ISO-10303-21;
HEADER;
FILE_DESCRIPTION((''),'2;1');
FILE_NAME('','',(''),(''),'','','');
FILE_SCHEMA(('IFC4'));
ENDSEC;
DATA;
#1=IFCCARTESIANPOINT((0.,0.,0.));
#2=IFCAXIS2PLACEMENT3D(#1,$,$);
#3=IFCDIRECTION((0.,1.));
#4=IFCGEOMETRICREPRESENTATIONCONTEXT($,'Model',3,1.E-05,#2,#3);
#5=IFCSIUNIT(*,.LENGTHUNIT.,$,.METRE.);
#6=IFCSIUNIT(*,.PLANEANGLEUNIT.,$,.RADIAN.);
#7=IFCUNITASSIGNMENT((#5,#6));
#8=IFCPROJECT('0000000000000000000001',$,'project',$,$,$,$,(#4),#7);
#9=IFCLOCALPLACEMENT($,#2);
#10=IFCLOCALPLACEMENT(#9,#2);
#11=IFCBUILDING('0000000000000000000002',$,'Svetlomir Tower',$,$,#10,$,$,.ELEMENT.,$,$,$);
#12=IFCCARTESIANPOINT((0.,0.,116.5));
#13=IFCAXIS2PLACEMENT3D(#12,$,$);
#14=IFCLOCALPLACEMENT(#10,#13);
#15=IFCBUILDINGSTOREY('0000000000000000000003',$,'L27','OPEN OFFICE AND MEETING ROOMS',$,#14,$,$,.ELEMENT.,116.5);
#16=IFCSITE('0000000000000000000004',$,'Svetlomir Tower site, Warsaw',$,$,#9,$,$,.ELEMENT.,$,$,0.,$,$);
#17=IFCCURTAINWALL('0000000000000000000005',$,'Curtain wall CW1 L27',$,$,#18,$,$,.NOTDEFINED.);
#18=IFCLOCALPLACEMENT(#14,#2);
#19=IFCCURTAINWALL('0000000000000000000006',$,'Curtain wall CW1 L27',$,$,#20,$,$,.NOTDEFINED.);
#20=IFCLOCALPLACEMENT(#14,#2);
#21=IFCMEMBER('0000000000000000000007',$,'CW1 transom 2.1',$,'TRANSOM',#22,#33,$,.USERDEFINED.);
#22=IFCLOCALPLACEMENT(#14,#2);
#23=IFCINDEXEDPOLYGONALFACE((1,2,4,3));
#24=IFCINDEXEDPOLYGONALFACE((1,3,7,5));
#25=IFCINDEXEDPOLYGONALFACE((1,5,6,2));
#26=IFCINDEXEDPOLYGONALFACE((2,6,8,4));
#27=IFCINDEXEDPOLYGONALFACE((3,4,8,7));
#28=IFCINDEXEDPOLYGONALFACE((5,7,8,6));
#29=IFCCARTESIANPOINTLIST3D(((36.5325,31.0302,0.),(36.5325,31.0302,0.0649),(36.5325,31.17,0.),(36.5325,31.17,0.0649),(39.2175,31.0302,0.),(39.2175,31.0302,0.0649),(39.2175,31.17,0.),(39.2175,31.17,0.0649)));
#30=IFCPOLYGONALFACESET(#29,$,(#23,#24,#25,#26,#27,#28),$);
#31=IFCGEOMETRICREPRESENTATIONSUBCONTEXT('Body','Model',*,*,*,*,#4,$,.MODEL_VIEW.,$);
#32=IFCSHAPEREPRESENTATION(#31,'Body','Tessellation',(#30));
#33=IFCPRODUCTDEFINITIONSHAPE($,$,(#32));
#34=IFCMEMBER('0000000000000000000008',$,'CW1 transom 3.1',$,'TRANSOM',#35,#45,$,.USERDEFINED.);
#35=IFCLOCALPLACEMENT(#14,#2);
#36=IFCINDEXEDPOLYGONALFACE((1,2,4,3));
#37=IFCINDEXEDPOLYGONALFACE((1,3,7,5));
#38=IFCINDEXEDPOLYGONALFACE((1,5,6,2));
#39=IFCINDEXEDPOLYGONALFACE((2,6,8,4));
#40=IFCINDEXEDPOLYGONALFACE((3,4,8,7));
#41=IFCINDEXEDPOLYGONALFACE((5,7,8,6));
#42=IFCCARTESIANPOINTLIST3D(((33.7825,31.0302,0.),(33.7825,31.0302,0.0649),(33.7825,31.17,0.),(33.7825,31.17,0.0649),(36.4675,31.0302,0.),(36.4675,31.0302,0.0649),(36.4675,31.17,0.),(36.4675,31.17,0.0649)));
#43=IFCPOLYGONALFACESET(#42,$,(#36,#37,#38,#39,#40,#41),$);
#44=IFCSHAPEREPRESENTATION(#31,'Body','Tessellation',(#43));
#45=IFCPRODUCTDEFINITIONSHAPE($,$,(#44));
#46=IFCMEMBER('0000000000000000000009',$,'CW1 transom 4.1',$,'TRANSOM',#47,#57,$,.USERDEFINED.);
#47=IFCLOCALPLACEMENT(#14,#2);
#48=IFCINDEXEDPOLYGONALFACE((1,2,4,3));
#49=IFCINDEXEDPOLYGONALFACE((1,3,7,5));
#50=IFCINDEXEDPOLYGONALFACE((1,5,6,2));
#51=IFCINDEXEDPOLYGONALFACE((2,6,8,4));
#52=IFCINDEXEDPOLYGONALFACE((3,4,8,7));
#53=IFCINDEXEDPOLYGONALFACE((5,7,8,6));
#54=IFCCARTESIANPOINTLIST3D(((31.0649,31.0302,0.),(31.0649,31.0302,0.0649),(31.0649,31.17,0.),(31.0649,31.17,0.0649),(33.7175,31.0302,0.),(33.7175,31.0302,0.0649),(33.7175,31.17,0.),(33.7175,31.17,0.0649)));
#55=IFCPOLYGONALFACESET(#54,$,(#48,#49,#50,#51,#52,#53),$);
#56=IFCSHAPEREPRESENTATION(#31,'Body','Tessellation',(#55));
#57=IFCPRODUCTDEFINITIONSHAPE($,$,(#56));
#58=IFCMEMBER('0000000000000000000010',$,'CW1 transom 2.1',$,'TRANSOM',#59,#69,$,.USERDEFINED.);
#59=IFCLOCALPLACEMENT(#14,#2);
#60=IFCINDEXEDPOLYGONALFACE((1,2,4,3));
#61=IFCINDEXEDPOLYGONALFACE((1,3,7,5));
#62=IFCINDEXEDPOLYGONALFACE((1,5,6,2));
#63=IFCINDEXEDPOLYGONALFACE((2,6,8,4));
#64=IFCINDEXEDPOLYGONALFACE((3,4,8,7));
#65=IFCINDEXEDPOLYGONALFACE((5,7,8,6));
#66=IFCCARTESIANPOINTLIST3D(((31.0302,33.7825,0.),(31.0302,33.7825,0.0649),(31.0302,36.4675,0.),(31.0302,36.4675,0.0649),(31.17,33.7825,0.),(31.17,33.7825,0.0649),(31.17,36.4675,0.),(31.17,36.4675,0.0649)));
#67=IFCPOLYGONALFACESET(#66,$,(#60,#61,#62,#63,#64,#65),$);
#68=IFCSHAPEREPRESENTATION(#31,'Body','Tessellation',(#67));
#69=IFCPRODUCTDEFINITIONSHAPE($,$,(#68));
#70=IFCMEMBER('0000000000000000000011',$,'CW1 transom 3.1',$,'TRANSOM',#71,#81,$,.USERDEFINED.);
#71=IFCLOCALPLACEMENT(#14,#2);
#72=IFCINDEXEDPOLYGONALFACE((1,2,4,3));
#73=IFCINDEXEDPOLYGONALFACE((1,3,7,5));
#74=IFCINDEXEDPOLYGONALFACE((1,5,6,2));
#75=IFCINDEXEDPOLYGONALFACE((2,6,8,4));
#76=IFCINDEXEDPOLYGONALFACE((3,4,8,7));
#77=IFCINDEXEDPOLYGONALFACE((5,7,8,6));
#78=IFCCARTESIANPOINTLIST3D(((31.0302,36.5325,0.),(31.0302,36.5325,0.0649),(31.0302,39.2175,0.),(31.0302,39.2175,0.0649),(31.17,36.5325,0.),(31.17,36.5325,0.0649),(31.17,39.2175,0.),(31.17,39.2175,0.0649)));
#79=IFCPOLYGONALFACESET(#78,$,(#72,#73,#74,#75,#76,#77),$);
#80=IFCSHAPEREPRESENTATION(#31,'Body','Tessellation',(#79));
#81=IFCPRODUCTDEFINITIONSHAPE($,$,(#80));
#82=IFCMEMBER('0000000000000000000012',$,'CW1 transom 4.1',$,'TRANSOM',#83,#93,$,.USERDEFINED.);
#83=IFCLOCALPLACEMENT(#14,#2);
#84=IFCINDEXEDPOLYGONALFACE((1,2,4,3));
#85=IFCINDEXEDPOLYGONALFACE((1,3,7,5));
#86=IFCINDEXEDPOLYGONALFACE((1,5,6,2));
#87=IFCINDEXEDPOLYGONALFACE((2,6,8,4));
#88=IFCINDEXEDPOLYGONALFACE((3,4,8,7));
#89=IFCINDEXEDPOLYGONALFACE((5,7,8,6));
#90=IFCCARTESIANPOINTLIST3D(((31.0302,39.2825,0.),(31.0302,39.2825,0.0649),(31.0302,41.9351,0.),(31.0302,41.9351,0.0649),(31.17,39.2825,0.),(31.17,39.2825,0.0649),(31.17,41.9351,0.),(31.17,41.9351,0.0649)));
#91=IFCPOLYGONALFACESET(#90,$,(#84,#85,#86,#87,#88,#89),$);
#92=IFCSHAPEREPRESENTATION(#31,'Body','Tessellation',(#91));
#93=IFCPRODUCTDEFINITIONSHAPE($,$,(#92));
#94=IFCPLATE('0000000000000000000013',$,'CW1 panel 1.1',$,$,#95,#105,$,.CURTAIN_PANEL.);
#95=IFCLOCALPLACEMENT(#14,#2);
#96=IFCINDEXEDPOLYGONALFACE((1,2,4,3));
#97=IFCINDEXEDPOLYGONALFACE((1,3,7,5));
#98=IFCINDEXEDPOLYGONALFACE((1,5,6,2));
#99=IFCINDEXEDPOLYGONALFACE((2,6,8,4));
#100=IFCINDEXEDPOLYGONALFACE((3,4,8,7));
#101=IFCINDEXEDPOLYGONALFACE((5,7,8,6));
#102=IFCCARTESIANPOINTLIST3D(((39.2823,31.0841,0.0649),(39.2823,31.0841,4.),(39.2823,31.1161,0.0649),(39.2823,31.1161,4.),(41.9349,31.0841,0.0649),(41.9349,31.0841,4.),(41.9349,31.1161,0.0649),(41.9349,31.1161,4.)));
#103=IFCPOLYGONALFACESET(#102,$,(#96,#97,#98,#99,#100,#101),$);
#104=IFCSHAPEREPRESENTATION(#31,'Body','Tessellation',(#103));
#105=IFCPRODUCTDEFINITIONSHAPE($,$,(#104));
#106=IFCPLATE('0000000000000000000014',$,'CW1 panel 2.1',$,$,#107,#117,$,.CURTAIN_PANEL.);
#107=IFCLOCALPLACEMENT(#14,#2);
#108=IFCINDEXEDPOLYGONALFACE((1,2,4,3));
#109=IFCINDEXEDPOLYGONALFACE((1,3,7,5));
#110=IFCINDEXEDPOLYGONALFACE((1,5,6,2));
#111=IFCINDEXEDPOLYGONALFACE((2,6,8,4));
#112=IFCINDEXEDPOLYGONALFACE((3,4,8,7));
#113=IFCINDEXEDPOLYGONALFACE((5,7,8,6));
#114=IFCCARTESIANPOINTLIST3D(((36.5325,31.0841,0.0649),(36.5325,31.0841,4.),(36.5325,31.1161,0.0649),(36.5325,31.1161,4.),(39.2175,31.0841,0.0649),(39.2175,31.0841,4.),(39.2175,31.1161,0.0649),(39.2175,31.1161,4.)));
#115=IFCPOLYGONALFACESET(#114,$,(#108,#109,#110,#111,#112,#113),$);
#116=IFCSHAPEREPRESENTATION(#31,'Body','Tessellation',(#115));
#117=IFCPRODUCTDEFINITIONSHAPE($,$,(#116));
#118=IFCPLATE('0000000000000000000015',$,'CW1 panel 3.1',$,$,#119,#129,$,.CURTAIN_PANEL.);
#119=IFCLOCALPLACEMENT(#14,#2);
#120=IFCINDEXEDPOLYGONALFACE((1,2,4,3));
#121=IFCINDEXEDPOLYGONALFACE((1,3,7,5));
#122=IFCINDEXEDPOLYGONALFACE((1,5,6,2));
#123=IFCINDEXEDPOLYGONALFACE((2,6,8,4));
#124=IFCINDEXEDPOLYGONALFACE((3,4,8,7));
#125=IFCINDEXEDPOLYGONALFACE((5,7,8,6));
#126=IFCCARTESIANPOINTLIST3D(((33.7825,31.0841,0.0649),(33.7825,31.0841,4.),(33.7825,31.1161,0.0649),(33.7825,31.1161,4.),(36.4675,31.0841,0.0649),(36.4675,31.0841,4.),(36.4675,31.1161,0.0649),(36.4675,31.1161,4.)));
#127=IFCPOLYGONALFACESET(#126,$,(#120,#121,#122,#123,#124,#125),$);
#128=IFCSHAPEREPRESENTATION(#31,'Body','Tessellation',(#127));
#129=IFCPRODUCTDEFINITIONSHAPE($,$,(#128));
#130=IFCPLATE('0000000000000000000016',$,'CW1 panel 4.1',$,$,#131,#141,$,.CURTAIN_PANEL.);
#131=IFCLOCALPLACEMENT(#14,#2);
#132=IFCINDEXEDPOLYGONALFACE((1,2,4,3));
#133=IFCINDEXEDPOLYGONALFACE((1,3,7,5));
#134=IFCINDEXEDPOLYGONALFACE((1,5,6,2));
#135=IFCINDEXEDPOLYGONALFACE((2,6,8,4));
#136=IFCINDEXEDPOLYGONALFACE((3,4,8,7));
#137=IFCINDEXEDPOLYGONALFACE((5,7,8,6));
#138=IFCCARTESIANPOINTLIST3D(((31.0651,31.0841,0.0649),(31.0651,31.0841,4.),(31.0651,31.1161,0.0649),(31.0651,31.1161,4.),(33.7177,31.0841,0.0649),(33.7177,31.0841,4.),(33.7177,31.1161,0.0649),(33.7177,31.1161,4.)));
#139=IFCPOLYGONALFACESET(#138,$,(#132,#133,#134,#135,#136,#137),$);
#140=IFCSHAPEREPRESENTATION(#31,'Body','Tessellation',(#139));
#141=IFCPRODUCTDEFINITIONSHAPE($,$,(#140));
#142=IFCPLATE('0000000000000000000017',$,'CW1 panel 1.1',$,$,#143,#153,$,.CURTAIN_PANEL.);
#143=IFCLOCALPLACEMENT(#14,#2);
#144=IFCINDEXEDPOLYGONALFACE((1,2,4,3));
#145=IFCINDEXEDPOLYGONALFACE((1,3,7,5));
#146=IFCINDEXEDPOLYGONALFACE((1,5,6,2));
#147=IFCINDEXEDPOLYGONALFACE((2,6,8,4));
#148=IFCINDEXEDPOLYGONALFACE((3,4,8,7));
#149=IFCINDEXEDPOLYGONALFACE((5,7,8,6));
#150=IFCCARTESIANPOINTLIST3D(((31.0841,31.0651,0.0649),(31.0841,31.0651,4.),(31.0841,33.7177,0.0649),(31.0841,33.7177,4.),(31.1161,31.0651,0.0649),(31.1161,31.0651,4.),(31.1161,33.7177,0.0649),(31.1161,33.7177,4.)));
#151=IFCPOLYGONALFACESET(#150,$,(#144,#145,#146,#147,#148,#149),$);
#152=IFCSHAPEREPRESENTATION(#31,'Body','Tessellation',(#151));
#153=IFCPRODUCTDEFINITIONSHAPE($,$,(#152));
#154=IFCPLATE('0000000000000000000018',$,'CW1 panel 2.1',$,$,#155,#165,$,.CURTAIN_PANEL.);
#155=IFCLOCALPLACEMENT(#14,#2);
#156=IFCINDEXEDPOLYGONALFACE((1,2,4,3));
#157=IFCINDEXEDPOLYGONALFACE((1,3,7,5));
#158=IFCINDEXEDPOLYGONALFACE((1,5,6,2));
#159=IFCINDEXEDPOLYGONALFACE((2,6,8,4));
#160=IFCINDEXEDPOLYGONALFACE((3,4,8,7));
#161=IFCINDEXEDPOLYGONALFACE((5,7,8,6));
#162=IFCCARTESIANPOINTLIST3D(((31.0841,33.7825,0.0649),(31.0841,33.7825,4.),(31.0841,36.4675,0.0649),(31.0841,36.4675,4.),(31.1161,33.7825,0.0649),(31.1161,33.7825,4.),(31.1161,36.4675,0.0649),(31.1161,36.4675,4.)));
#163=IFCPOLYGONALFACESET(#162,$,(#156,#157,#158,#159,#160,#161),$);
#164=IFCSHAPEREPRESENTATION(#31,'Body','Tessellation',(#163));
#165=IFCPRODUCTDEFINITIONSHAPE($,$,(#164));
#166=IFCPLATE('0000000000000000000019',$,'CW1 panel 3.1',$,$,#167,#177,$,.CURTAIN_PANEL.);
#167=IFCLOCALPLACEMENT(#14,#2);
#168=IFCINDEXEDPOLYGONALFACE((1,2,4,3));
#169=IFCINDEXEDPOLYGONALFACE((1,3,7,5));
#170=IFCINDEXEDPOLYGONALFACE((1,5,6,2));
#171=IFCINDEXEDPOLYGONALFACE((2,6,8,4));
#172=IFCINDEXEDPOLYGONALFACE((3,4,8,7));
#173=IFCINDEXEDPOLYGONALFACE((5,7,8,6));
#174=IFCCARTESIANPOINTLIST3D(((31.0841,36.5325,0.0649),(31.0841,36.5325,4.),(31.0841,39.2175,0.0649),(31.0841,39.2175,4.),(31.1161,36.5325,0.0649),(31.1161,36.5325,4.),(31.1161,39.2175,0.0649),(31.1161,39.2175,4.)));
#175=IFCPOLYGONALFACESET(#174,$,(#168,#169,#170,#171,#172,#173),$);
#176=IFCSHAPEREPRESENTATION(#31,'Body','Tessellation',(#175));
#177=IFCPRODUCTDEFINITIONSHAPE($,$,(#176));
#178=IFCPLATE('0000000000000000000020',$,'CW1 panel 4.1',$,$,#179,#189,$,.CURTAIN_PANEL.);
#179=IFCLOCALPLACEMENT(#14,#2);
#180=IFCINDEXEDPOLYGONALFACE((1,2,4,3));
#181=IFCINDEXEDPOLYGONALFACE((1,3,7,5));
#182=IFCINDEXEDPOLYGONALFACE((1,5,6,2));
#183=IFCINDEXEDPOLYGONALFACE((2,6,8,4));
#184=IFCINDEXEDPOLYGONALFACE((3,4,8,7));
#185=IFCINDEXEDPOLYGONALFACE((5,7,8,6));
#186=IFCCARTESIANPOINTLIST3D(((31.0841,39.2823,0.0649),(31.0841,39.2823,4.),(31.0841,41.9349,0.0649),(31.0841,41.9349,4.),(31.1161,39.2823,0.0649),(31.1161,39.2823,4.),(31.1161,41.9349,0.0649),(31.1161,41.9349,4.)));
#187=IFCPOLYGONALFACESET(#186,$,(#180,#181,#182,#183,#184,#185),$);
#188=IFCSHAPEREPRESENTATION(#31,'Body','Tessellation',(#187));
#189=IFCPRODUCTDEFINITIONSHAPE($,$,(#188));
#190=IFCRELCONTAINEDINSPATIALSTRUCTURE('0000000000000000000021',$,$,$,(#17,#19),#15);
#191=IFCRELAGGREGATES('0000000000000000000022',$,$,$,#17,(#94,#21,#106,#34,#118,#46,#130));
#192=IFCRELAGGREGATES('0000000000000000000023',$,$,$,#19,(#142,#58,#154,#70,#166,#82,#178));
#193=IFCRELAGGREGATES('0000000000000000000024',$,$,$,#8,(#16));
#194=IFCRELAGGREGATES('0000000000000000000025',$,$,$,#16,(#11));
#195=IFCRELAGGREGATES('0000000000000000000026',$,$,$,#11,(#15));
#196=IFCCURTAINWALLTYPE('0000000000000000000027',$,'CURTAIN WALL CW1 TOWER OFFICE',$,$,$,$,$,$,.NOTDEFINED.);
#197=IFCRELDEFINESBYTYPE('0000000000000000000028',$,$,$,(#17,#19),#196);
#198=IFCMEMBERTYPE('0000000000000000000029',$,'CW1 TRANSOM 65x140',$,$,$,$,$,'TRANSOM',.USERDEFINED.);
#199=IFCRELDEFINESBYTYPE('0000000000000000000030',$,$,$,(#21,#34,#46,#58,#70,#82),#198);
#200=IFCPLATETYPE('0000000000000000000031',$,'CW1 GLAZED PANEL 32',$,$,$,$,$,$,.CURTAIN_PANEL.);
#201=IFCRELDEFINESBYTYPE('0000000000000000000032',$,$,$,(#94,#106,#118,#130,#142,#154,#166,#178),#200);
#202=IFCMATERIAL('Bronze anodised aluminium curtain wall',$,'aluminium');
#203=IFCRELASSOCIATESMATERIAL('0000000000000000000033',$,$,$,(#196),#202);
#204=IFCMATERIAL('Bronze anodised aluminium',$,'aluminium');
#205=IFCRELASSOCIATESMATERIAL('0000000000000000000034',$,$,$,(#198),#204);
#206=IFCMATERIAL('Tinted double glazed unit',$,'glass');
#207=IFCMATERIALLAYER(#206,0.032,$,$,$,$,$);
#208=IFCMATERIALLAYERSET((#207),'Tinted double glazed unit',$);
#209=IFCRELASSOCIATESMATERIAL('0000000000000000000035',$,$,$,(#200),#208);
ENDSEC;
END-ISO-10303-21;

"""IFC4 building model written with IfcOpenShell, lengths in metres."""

from ifc_helpers import new_model, si_unit, direction, frame, origin, origin_2d, place, context, subcontext, project, spatial, rectangle, extrude, material, layer, layer_set, material_profile, profile_set, type_object, element, aggregate, save


model = new_model("IFC4")

# Units and contexts
model_context = context("Model", 3, precision=1e-05, world=origin(), true_north=direction((0.0, 1.0)))
body_context = subcontext(model_context, "Body", "Model", "MODEL_VIEW")
ifc_project = project(units=[si_unit("LENGTHUNIT", "METRE"), si_unit("PLANEANGLEUNIT", "RADIAN")], contexts=[model_context])

# Site, building, storey
site_placement = place(None, origin())
site = spatial("IfcSite", under=ifc_project, at=site_placement, Name="Svetlomir Tower site, Warsaw", CompositionType="ELEMENT", RefElevation=0.0)
building_placement = place(site_placement, origin())
building = spatial("IfcBuilding", under=site, at=building_placement, Name="Svetlomir Tower", CompositionType="ELEMENT")
storey_placement = place(building_placement, frame((0.0, 0.0, 116.5)))
storey = spatial("IfcBuildingStorey", under=building, at=storey_placement, Name="L27", Description="OPEN OFFICE AND MEETING ROOMS", CompositionType="ELEMENT", Elevation=116.5)

# Curtain walls
ifc_material_1 = material(Name="Bronze anodised aluminium curtain wall", Category="aluminium")
curtain_wall_type = type_object("IfcCurtainWallType", Name="CURTAIN WALL CW1 TOWER OFFICE", PredefinedType="NOTDEFINED", material=ifc_material_1)
curtain_wall_1_placement = place(storey_placement, origin())
curtain_wall_1 = element("IfcCurtainWall", 1, at=curtain_wall_1_placement, inside=storey, type_object=curtain_wall_type, Name="Curtain wall CW1 L27", PredefinedType="NOTDEFINED")
curtain_wall_2_placement = place(storey_placement, origin())
curtain_wall_2 = element("IfcCurtainWall", 2, at=curtain_wall_2_placement, inside=storey, type_object=curtain_wall_type, Name="Curtain wall CW1 L27", PredefinedType="NOTDEFINED")

# Members
ifc_material_2 = material(Name="Bronze anodised aluminium", Category="aluminium")
ifc_material_profile_1 = material_profile(ifc_material_2, rectangle(XDim=0.1399, YDim=0.0649, at=origin_2d()), Name="AL 140x65")
ifc_profile_set_1 = profile_set([ifc_material_profile_1], Name="Bronze anodised aluminium 6063-T6")
member_type_1 = type_object("IfcMemberType", Name="CW1 TRANSOM 65x140", ElementType="TRANSOM", PredefinedType="USERDEFINED", material=ifc_profile_set_1)
member_1_placement = place(storey_placement, frame((39.2175, 31.1001, 0.0325), z_axis=(-1.0, 0.0, 0.0), x_axis=(0.0, -1.0, 0.0)))
member_1 = element("IfcMember", 3, at=member_1_placement, type_object=member_type_1, Name="CW1 transom 2.1", ObjectType="TRANSOM", PredefinedType="USERDEFINED", context=body_context, shape_type="SweptSolid", body=[
    extrude(rectangle(XDim=0.1399, YDim=0.0649, at=origin_2d()), origin(), (0.0, 0.0, 1.0), 2.6851),
])
member_2_placement = place(storey_placement, frame((36.4675, 31.1001, 0.0325), z_axis=(-1.0, 0.0, 0.0), x_axis=(0.0, -1.0, 0.0)))
member_2 = element("IfcMember", 4, at=member_2_placement, type_object=member_type_1, Name="CW1 transom 3.1", ObjectType="TRANSOM", PredefinedType="USERDEFINED", context=body_context, shape_type="SweptSolid", body=[
    extrude(rectangle(XDim=0.1399, YDim=0.0649, at=origin_2d()), origin(), (0.0, 0.0, 1.0), 2.6851),
])
member_3_placement = place(storey_placement, frame((33.7175, 31.1001, 0.0325), z_axis=(-1.0, 0.0, 0.0), x_axis=(0.0, -1.0, 0.0)))
member_3 = element("IfcMember", 5, at=member_3_placement, type_object=member_type_1, Name="CW1 transom 4.1", ObjectType="TRANSOM", PredefinedType="USERDEFINED", context=body_context, shape_type="SweptSolid", body=[
    extrude(rectangle(XDim=0.1399, YDim=0.0649, at=origin_2d()), origin(), (0.0, 0.0, 1.0), 2.6526),
])
member_4_placement = place(storey_placement, frame((31.1001, 33.7825, 0.0325), z_axis=(0.0, 1.0, 0.0), x_axis=(-1.0, 0.0, 0.0)))
member_4 = element("IfcMember", 6, at=member_4_placement, type_object=member_type_1, Name="CW1 transom 2.1", ObjectType="TRANSOM", PredefinedType="USERDEFINED", context=body_context, shape_type="SweptSolid", body=[
    extrude(rectangle(XDim=0.1399, YDim=0.0649, at=origin_2d()), origin(), (0.0, 0.0, 1.0), 2.6851),
])
member_5_placement = place(storey_placement, frame((31.1001, 36.5325, 0.0325), z_axis=(0.0, 1.0, 0.0), x_axis=(-1.0, 0.0, 0.0)))
member_5 = element("IfcMember", 7, at=member_5_placement, type_object=member_type_1, Name="CW1 transom 3.1", ObjectType="TRANSOM", PredefinedType="USERDEFINED", context=body_context, shape_type="SweptSolid", body=[
    extrude(rectangle(XDim=0.1399, YDim=0.0649, at=origin_2d()), origin(), (0.0, 0.0, 1.0), 2.6851),
])
member_6_placement = place(storey_placement, frame((31.1001, 39.2825, 0.0325), z_axis=(0.0, 1.0, 0.0), x_axis=(-1.0, 0.0, 0.0)))
member_6 = element("IfcMember", 8, at=member_6_placement, type_object=member_type_1, Name="CW1 transom 4.1", ObjectType="TRANSOM", PredefinedType="USERDEFINED", context=body_context, shape_type="SweptSolid", body=[
    extrude(rectangle(XDim=0.1399, YDim=0.0649, at=origin_2d()), origin(), (0.0, 0.0, 1.0), 2.6526),
])

# Plates
ifc_material_3 = material(Name="Tinted double glazed unit", Category="glass")
ifc_layer = layer(ifc_material_3, 0.032)
ifc_layer_set = layer_set([ifc_layer], Name="Tinted double glazed unit")
plate_type = type_object("IfcPlateType", Name="CW1 GLAZED PANEL 32", PredefinedType="CURTAIN_PANEL", material=ifc_layer_set)
plate_1_placement = place(storey_placement, frame((40.6086, 31.1001, 0.0649), z_axis=(0.0, 0.0, 1.0), x_axis=(-1.0, 0.0, 0.0)))
plate_1 = element("IfcPlate", 9, at=plate_1_placement, type_object=plate_type, Name="CW1 panel 1.1", PredefinedType="CURTAIN_PANEL", context=body_context, shape_type="SweptSolid", body=[
    extrude(rectangle(XDim=2.6526, YDim=0.032, at=origin_2d()), origin(), (0.0, 0.0, 1.0), 3.9351),
])
plate_2_placement = place(storey_placement, frame((37.875, 31.1001, 0.0649), z_axis=(0.0, 0.0, 1.0), x_axis=(-1.0, 0.0, 0.0)))
plate_2 = element("IfcPlate", 10, at=plate_2_placement, type_object=plate_type, Name="CW1 panel 2.1", PredefinedType="CURTAIN_PANEL", context=body_context, shape_type="SweptSolid", body=[
    extrude(rectangle(XDim=2.6851, YDim=0.032, at=origin_2d()), origin(), (0.0, 0.0, 1.0), 3.9351),
])
plate_3_placement = place(storey_placement, frame((35.125, 31.1001, 0.0649), z_axis=(0.0, 0.0, 1.0), x_axis=(-1.0, 0.0, 0.0)))
plate_3 = element("IfcPlate", 11, at=plate_3_placement, type_object=plate_type, Name="CW1 panel 3.1", PredefinedType="CURTAIN_PANEL", context=body_context, shape_type="SweptSolid", body=[
    extrude(rectangle(XDim=2.6851, YDim=0.032, at=origin_2d()), origin(), (0.0, 0.0, 1.0), 3.9351),
])
plate_4_placement = place(storey_placement, frame((32.3914, 31.1001, 0.0649), z_axis=(0.0, 0.0, 1.0), x_axis=(-1.0, 0.0, 0.0)))
plate_4 = element("IfcPlate", 12, at=plate_4_placement, type_object=plate_type, Name="CW1 panel 4.1", PredefinedType="CURTAIN_PANEL", context=body_context, shape_type="SweptSolid", body=[
    extrude(rectangle(XDim=2.6526, YDim=0.032, at=origin_2d()), origin(), (0.0, 0.0, 1.0), 3.9351),
])
aggregate(curtain_wall_1, [plate_1, member_1, plate_2, member_2, plate_3, member_3, plate_4])
plate_5_placement = place(storey_placement, frame((31.1001, 32.3914, 0.0649), z_axis=(0.0, 0.0, 1.0), x_axis=(0.0, 1.0, 0.0)))
plate_5 = element("IfcPlate", 13, at=plate_5_placement, type_object=plate_type, Name="CW1 panel 1.1", PredefinedType="CURTAIN_PANEL", context=body_context, shape_type="SweptSolid", body=[
    extrude(rectangle(XDim=2.6526, YDim=0.032, at=origin_2d()), origin(), (0.0, 0.0, 1.0), 3.9351),
])
plate_6_placement = place(storey_placement, frame((31.1001, 35.125, 0.0649), z_axis=(0.0, 0.0, 1.0), x_axis=(0.0, 1.0, 0.0)))
plate_6 = element("IfcPlate", 14, at=plate_6_placement, type_object=plate_type, Name="CW1 panel 2.1", PredefinedType="CURTAIN_PANEL", context=body_context, shape_type="SweptSolid", body=[
    extrude(rectangle(XDim=2.6851, YDim=0.032, at=origin_2d()), origin(), (0.0, 0.0, 1.0), 3.9351),
])
plate_7_placement = place(storey_placement, frame((31.1001, 37.875, 0.0649), z_axis=(0.0, 0.0, 1.0), x_axis=(0.0, 1.0, 0.0)))
plate_7 = element("IfcPlate", 15, at=plate_7_placement, type_object=plate_type, Name="CW1 panel 3.1", PredefinedType="CURTAIN_PANEL", context=body_context, shape_type="SweptSolid", body=[
    extrude(rectangle(XDim=2.6851, YDim=0.032, at=origin_2d()), origin(), (0.0, 0.0, 1.0), 3.9351),
])
plate_8_placement = place(storey_placement, frame((31.1001, 40.6086, 0.0649), z_axis=(0.0, 0.0, 1.0), x_axis=(0.0, 1.0, 0.0)))
plate_8 = element("IfcPlate", 16, at=plate_8_placement, type_object=plate_type, Name="CW1 panel 4.1", PredefinedType="CURTAIN_PANEL", context=body_context, shape_type="SweptSolid", body=[
    extrude(rectangle(XDim=2.6526, YDim=0.032, at=origin_2d()), origin(), (0.0, 0.0, 1.0), 3.9351),
])
aggregate(curtain_wall_2, [plate_5, member_4, plate_6, member_5, plate_7, member_6, plate_8])

save(model, "model.ifc")
